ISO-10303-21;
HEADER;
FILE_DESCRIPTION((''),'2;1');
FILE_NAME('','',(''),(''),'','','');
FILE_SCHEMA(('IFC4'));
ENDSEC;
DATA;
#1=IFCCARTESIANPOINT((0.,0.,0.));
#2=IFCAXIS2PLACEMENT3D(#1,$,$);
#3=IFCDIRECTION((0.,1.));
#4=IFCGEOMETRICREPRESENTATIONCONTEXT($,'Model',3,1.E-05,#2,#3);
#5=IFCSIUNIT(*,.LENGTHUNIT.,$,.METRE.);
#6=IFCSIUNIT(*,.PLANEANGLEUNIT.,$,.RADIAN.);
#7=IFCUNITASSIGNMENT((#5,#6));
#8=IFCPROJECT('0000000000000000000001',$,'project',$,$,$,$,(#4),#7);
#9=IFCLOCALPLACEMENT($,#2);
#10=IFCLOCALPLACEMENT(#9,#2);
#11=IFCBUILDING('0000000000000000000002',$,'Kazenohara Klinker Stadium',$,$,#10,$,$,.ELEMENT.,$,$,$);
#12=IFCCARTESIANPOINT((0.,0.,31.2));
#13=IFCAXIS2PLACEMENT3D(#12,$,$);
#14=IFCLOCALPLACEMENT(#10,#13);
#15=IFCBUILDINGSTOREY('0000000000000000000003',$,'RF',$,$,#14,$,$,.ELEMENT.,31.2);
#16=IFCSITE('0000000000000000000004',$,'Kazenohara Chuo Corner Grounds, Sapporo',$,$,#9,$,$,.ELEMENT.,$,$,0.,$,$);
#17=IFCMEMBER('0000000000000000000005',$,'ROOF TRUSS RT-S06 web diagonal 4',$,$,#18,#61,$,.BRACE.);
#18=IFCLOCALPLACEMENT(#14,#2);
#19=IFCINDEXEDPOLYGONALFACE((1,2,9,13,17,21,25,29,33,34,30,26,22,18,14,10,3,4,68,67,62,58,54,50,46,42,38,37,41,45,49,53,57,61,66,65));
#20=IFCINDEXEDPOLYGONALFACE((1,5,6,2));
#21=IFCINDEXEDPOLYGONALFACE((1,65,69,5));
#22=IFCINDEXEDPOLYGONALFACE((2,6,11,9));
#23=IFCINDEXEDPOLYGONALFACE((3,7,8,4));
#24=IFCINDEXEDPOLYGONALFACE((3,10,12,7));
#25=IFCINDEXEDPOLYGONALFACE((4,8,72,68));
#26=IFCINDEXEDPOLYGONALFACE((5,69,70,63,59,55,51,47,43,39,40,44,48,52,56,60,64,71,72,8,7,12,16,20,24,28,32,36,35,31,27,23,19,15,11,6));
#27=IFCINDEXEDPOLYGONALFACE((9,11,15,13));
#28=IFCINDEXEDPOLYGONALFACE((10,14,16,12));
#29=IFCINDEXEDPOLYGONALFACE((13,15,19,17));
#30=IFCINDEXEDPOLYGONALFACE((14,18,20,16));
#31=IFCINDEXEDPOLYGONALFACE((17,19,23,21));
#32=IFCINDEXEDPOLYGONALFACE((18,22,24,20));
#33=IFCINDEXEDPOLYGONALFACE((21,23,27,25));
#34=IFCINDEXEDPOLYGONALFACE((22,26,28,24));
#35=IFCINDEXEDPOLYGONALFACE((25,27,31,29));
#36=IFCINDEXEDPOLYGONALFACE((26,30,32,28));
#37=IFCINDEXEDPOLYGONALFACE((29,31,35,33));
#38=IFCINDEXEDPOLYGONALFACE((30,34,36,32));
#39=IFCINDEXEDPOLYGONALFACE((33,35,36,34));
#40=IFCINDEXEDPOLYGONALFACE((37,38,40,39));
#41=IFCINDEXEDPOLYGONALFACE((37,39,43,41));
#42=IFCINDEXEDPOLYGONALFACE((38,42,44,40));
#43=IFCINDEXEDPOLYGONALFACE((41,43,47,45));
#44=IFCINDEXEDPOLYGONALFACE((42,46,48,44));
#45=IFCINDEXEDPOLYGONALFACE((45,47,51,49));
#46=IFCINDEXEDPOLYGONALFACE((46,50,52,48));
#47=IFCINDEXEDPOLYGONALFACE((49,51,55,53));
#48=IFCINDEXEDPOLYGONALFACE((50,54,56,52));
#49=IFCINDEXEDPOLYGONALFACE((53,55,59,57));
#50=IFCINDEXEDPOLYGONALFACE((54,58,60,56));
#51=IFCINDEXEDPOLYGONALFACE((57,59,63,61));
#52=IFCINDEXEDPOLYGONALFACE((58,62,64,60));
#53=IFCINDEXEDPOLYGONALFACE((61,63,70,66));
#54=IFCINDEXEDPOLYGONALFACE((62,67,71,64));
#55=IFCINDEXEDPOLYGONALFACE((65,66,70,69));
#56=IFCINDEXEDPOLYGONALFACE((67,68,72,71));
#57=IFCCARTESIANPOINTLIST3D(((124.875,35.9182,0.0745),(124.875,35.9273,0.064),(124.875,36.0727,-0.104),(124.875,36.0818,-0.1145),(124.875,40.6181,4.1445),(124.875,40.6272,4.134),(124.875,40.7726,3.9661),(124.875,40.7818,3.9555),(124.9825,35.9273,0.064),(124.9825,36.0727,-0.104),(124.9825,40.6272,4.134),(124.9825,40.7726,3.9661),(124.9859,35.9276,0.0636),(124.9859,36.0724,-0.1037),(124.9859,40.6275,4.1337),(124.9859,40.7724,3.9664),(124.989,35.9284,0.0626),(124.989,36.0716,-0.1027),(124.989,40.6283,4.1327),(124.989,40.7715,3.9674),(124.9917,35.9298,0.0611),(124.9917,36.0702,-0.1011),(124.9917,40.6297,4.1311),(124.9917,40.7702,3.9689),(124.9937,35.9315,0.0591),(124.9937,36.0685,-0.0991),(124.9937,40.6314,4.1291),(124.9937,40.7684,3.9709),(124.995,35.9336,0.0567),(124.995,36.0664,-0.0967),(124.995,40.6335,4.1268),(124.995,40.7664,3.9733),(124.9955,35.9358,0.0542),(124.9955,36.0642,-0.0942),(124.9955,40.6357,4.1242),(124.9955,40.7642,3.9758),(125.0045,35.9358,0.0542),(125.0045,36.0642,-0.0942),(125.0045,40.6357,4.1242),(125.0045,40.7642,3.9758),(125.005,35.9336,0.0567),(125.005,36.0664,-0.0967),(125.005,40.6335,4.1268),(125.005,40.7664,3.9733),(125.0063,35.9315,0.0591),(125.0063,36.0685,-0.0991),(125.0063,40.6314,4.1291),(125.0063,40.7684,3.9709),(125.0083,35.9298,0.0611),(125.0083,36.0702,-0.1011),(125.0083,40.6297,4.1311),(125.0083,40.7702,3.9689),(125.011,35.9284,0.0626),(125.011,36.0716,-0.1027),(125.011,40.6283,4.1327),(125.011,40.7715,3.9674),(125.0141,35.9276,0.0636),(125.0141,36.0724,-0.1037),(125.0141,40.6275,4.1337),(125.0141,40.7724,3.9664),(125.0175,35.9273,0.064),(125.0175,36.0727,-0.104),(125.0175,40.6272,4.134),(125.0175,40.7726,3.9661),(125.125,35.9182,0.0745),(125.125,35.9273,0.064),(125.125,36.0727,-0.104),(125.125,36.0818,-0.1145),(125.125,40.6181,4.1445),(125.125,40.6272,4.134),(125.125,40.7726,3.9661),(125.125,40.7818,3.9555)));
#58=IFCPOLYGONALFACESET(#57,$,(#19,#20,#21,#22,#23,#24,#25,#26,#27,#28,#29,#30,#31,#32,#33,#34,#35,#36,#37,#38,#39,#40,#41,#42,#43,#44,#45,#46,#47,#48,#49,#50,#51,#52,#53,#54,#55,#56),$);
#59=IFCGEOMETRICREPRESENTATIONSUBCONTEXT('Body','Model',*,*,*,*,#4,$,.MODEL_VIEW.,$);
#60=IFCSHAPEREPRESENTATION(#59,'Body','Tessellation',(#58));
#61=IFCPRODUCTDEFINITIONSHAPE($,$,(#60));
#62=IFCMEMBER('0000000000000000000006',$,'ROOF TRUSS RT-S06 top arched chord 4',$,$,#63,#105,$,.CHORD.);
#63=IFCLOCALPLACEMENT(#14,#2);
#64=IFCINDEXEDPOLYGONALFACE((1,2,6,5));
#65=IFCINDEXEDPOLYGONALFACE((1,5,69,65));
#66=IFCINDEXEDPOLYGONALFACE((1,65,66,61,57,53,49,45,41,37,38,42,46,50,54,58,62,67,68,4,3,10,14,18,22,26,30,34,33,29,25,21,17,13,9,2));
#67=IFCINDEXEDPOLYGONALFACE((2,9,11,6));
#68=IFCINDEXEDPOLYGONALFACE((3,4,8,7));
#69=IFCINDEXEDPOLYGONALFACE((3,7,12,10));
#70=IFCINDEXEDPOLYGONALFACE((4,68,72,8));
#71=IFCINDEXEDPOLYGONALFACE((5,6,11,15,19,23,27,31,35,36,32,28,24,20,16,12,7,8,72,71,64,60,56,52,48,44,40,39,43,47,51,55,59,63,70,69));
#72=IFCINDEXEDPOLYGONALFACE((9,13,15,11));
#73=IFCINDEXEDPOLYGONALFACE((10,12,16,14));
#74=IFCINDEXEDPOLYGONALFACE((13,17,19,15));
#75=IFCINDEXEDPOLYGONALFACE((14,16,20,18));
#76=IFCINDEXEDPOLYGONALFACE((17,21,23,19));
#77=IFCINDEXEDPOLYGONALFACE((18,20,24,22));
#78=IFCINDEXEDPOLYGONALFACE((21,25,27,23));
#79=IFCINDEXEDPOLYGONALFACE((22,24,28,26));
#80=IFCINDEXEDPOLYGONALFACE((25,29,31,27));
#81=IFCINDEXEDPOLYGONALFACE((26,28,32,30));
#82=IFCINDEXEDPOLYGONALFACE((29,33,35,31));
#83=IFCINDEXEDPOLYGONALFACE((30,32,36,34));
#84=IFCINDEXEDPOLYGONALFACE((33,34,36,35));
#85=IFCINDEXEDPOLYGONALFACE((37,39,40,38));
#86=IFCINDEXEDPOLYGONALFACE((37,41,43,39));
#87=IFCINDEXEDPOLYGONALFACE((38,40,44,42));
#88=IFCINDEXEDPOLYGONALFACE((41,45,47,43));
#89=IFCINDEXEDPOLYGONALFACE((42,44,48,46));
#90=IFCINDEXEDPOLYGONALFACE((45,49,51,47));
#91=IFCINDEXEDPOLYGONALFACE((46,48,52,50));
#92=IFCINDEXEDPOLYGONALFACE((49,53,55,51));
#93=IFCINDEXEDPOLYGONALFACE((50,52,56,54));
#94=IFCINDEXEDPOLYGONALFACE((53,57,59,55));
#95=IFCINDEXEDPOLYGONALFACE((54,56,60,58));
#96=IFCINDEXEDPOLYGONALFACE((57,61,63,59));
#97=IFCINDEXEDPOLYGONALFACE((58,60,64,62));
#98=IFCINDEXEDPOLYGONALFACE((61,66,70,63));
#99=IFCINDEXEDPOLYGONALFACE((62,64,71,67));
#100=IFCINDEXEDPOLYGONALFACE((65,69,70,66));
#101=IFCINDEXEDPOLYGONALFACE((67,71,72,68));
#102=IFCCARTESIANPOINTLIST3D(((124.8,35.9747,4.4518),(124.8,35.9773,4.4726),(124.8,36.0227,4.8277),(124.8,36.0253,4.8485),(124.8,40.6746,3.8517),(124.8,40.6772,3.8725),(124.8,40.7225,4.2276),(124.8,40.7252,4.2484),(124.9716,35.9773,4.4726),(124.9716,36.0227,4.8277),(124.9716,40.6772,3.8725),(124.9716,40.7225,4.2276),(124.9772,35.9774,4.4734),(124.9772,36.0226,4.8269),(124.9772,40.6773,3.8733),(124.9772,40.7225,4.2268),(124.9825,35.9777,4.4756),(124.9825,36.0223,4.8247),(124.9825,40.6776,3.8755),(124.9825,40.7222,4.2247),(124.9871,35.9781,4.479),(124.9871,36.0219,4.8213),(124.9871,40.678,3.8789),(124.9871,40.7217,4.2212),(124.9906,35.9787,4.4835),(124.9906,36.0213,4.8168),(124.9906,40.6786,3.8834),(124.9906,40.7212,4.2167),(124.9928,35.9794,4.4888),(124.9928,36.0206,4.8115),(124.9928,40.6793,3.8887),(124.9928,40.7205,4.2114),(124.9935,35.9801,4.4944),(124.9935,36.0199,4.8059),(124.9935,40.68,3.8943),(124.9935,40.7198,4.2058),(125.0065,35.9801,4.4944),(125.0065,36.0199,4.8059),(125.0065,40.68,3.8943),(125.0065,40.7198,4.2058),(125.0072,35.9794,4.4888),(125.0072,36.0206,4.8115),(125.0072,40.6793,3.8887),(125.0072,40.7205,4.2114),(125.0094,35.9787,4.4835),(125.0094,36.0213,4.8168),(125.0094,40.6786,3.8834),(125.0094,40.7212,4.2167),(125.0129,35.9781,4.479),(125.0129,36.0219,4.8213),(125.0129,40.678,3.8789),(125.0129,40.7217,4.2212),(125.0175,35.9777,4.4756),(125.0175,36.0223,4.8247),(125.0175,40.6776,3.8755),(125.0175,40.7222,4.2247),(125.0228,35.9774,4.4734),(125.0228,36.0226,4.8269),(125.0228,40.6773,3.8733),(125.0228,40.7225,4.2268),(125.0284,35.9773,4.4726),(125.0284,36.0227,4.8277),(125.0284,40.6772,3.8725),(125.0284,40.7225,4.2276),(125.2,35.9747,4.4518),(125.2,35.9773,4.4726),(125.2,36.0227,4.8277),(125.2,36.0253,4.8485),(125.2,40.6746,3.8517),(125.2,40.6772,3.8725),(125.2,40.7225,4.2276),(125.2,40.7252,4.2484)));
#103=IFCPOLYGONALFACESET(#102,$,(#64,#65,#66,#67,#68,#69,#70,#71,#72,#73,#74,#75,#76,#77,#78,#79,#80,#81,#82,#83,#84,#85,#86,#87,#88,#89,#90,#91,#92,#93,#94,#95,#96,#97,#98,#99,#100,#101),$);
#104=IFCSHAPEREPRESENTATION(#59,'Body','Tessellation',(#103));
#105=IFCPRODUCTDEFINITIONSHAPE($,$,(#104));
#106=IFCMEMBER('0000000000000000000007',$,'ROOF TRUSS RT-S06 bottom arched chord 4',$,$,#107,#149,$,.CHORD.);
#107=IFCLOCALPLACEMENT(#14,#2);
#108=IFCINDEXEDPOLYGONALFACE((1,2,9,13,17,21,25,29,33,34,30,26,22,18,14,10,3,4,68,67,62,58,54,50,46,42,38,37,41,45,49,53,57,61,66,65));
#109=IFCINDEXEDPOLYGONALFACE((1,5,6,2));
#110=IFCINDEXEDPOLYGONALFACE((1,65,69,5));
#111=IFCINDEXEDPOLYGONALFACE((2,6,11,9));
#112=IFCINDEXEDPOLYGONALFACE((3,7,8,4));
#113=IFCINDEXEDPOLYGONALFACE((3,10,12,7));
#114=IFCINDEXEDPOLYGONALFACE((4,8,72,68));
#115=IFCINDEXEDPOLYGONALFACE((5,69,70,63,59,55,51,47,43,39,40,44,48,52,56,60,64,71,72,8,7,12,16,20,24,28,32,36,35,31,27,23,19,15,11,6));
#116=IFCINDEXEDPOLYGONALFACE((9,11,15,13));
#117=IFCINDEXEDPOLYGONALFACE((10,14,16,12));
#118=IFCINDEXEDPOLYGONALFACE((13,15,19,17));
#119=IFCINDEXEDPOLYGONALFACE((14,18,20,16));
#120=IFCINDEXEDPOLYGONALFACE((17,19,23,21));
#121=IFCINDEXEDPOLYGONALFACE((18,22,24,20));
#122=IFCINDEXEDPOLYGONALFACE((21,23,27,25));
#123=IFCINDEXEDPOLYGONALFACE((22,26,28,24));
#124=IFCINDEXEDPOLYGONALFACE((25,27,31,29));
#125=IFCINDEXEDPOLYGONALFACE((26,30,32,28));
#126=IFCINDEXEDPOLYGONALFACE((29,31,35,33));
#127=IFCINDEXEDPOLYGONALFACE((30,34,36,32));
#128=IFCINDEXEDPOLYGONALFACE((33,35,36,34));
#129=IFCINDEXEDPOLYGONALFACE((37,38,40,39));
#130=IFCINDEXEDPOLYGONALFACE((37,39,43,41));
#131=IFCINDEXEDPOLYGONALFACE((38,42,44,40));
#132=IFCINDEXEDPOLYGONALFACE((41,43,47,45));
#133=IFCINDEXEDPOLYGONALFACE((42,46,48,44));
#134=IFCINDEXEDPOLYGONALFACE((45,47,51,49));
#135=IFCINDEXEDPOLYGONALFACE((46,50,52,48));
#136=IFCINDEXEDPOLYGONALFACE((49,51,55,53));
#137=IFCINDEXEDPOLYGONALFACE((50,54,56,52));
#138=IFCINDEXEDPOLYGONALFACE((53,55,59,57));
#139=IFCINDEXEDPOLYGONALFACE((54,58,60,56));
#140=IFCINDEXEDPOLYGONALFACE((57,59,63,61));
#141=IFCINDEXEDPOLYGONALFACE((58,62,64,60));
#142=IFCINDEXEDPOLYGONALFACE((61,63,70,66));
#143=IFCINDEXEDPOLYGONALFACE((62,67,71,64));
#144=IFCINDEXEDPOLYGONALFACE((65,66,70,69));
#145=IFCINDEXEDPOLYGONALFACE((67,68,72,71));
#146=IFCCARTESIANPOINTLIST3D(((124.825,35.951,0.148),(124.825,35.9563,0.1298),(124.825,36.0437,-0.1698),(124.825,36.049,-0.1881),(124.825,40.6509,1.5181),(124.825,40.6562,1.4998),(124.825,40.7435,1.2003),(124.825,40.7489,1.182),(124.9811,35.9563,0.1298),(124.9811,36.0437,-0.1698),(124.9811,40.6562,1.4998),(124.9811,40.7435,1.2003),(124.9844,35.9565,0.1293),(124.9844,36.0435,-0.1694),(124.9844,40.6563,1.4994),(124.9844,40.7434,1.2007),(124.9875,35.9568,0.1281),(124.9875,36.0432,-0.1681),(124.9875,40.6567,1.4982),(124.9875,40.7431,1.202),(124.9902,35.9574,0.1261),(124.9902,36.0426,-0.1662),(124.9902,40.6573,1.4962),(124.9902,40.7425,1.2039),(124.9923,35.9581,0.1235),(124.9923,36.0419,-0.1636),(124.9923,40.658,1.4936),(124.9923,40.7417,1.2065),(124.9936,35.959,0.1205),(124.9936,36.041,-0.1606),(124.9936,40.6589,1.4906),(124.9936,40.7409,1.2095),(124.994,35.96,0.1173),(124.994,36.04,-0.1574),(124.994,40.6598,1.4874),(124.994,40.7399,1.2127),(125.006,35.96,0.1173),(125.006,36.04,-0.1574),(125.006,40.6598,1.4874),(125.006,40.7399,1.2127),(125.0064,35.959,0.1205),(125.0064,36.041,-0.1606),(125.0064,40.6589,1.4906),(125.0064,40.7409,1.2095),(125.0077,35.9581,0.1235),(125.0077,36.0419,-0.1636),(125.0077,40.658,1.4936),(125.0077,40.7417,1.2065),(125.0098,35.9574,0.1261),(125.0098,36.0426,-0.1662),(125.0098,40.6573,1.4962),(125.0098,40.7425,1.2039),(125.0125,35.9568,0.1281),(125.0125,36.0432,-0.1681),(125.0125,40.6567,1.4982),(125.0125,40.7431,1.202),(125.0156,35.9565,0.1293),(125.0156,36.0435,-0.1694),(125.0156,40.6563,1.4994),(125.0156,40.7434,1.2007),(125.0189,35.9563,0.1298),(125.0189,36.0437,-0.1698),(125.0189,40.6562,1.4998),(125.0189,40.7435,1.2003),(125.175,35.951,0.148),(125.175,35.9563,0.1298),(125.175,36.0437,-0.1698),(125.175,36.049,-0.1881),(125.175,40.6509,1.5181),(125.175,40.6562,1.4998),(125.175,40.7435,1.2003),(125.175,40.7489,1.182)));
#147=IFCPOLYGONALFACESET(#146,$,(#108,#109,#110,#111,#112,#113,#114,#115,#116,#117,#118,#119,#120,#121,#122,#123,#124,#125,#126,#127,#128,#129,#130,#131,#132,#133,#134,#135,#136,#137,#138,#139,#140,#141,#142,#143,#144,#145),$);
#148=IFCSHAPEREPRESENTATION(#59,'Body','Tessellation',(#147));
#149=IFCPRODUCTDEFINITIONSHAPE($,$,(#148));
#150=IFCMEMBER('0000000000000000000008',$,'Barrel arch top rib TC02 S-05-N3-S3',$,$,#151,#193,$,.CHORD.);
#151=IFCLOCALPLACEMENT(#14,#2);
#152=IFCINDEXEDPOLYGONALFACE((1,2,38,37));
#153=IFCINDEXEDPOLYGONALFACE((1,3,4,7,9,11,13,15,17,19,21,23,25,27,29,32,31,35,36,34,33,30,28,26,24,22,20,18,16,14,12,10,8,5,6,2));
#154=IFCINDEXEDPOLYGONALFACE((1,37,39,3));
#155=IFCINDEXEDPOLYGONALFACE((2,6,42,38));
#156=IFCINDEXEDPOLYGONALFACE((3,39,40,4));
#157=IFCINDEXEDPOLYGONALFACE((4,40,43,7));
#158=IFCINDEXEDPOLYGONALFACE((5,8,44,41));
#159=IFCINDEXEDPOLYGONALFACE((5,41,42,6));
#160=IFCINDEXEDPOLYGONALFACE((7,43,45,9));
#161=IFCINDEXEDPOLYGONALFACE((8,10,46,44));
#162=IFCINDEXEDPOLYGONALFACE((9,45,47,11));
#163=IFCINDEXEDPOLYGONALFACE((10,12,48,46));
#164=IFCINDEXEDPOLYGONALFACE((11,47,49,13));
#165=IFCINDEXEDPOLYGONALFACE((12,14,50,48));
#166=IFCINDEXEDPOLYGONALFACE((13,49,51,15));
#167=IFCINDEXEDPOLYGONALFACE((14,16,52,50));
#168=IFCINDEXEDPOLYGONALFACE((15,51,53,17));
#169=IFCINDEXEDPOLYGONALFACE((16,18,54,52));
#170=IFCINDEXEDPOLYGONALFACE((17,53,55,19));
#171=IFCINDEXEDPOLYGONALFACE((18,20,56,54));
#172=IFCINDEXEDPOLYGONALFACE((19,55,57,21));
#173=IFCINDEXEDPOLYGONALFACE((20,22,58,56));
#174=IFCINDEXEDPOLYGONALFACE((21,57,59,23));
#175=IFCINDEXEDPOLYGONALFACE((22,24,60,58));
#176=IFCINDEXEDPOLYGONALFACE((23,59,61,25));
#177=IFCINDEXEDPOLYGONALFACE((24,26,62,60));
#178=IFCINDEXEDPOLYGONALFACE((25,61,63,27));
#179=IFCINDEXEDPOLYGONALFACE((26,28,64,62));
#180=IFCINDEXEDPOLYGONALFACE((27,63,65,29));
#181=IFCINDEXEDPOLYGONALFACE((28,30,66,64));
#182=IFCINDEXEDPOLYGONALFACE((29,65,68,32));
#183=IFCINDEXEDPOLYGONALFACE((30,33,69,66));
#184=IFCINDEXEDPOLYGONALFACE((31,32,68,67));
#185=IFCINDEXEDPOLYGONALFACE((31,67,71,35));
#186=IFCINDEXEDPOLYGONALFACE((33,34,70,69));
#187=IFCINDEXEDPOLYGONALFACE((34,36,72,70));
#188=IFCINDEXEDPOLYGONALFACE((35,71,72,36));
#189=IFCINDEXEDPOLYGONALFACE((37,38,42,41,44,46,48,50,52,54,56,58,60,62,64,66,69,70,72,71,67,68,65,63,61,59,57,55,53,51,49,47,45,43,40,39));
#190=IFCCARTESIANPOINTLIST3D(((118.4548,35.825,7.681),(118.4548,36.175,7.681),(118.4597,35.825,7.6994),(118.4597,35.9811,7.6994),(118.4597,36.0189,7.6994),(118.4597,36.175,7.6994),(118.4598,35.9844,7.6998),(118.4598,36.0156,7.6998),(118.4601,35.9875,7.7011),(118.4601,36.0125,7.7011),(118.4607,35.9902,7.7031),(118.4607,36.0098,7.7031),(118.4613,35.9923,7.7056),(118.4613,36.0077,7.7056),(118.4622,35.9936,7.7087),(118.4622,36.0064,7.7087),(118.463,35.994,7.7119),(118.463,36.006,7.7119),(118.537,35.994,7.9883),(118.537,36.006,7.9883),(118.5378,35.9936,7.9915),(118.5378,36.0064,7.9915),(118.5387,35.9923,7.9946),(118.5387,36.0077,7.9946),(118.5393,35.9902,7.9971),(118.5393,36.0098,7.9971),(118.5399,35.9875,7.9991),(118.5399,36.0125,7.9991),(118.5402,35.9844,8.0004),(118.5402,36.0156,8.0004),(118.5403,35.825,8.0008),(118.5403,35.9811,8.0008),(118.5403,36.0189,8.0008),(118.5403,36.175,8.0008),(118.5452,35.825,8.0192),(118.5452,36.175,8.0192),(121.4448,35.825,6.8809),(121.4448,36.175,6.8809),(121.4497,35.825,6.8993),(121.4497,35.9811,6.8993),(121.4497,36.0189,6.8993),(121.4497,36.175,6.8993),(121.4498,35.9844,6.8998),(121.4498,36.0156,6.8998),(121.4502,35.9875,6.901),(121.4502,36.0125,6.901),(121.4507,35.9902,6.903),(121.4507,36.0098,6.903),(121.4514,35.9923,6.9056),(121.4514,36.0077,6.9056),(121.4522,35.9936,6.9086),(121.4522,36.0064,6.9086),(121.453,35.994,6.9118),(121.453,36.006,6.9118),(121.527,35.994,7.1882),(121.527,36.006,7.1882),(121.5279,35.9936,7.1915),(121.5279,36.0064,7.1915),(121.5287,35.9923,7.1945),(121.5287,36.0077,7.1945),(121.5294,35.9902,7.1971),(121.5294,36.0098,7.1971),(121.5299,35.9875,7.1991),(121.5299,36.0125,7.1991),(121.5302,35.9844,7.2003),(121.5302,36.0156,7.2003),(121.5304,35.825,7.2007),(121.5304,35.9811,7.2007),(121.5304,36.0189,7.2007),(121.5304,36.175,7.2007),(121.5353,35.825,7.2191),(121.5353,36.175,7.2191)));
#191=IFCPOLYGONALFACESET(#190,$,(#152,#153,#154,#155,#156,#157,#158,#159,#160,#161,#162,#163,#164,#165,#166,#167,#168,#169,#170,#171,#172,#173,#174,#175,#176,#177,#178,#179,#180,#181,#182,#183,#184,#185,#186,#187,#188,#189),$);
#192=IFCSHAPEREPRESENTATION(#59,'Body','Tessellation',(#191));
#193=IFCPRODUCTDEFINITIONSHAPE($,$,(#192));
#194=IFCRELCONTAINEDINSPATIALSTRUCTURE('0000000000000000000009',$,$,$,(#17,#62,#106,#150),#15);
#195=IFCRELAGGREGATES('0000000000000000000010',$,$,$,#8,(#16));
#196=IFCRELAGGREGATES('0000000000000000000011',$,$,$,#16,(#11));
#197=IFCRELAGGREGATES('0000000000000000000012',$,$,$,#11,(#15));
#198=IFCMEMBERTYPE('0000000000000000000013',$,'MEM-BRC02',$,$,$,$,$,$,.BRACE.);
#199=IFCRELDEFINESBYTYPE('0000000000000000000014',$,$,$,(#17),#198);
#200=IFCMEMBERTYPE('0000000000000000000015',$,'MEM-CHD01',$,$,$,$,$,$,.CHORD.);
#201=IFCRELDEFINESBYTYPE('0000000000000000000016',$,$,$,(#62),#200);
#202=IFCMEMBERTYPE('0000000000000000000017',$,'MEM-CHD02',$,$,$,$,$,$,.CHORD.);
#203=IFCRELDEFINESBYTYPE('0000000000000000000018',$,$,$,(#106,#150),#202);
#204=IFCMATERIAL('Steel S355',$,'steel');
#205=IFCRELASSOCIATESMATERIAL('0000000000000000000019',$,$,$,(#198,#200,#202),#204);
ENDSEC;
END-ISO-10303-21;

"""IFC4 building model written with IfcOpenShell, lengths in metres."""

from ifc_helpers import new_model, si_unit, direction, frame, origin, origin_2d, place, context, subcontext, project, spatial, i_section, extrude, material, material_profile, profile_set, type_object, element, save


model = new_model("IFC4")

# Units and contexts
model_context = context("Model", 3, precision=1e-05, world=origin(), true_north=direction((0.0, 1.0)))
body_context = subcontext(model_context, "Body", "Model", "MODEL_VIEW")
ifc_project = project(units=[si_unit("LENGTHUNIT", "METRE"), si_unit("PLANEANGLEUNIT", "RADIAN")], contexts=[model_context])

# Site, building, storey
site_placement = place(None, origin())
site = spatial("IfcSite", under=ifc_project, at=site_placement, Name="Kazenohara Chuo Corner Grounds, Sapporo", CompositionType="ELEMENT", RefElevation=0.0)
building_placement = place(site_placement, origin())
building = spatial("IfcBuilding", under=site, at=building_placement, Name="Kazenohara Klinker Stadium", CompositionType="ELEMENT")
storey_placement = place(building_placement, frame((0.0, 0.0, 31.2)))
storey = spatial("IfcBuildingStorey", under=building, at=storey_placement, Name="RF", CompositionType="ELEMENT", Elevation=31.2)

# Members
ifc_material_1 = material(Name="Steel S355", Category="steel")
ifc_material_profile_1 = material_profile(ifc_material_1, i_section(OverallWidth=0.25, OverallDepth=0.25, WebThickness=0.009, FlangeThickness=0.0139, FilletRadius=0.0129, at=origin_2d()), Name="H-250x250x9x14")
ifc_profile_set_1 = profile_set([ifc_material_profile_1], Name="Steel S355")
member_type_1 = type_object("IfcMemberType", Name="MEM-BRC02", PredefinedType="BRACE", material=ifc_profile_set_1)
member_1_placement = place(storey_placement, frame((125.0, 36.0, -0.02), z_axis=(0.0, 0.755946, 0.654634), x_axis=(-1.0, 0.0, 0.0)))
element("IfcMember", 1, at=member_1_placement, inside=storey, type_object=member_type_1, Name="ROOF TRUSS RT-S06 web diagonal 4", PredefinedType="BRACE", context=body_context, shape_type="SweptSolid", body=[
    extrude(i_section(OverallWidth=0.25, OverallDepth=0.25, WebThickness=0.009, FlangeThickness=0.0139, FilletRadius=0.0129, at=origin_2d()), origin(), (0.0, 0.0, 1.0), 6.2173),
])
ifc_material_profile_2 = material_profile(ifc_material_1, i_section(OverallWidth=0.3999, OverallDepth=0.3999, WebThickness=0.0129, FlangeThickness=0.021, FilletRadius=0.022, at=origin_2d()), Name="H-400x400x13x21")
ifc_profile_set_2 = profile_set([ifc_material_profile_2], Name="Steel S355")
member_type_2 = type_object("IfcMemberType", Name="MEM-CHD01", PredefinedType="CHORD", material=ifc_profile_set_2)
member_2_placement = place(storey_placement, frame((125.0, 36.0, 4.6501), z_axis=(0.0, 0.991947, -0.126653), x_axis=(-1.0, 0.0, 0.0)))
element("IfcMember", 2, at=member_2_placement, inside=storey, type_object=member_type_2, Name="ROOF TRUSS RT-S06 top arched chord 4", PredefinedType="CHORD", context=body_context, shape_type="SweptSolid", body=[
    extrude(i_section(OverallWidth=0.3999, OverallDepth=0.3999, WebThickness=0.0129, FlangeThickness=0.021, FilletRadius=0.022, at=origin_2d()), origin(), (0.0, 0.0, 1.0), 4.738),
])
ifc_material_profile_3 = material_profile(ifc_material_1, i_section(OverallWidth=0.3501, OverallDepth=0.3501, WebThickness=0.012, FlangeThickness=0.019, FilletRadius=0.0129, at=origin_2d()), Name="H-350x350x12x19")
ifc_profile_set_3 = profile_set([ifc_material_profile_3], Name="Steel S355")
member_type_3 = type_object("IfcMemberType", Name="MEM-CHD02", PredefinedType="CHORD", material=ifc_profile_set_3)
member_3_placement = place(storey_placement, frame((125.0, 36.0, -0.02), z_axis=(0.0, 0.960039, 0.279868), x_axis=(-1.0, 0.0, 0.0)))
element("IfcMember", 3, at=member_3_placement, inside=storey, type_object=member_type_3, Name="ROOF TRUSS RT-S06 bottom arched chord 4", PredefinedType="CHORD", context=body_context, shape_type="SweptSolid", body=[
    extrude(i_section(OverallWidth=0.3501, OverallDepth=0.3501, WebThickness=0.012, FlangeThickness=0.019, FilletRadius=0.0129, at=origin_2d()), origin(), (0.0, 0.0, 1.0), 4.8955),
])
member_4_placement = place(storey_placement, frame((118.5, 36.0, 7.8501), z_axis=(0.966016, 0.0, -0.258482), x_axis=(0.0, 1.0, 0.0)))
element("IfcMember", 4, at=member_4_placement, inside=storey, type_object=member_type_3, Name="Barrel arch top rib TC02 S-05-N3-S3", PredefinedType="CHORD", context=body_context, shape_type="SweptSolid", body=[
    extrude(i_section(OverallWidth=0.3501, OverallDepth=0.3501, WebThickness=0.012, FlangeThickness=0.019, FilletRadius=0.0129, at=origin_2d()), origin(), (0.0, 0.0, 1.0), 3.0952),
])

save(model, "model.ifc")
